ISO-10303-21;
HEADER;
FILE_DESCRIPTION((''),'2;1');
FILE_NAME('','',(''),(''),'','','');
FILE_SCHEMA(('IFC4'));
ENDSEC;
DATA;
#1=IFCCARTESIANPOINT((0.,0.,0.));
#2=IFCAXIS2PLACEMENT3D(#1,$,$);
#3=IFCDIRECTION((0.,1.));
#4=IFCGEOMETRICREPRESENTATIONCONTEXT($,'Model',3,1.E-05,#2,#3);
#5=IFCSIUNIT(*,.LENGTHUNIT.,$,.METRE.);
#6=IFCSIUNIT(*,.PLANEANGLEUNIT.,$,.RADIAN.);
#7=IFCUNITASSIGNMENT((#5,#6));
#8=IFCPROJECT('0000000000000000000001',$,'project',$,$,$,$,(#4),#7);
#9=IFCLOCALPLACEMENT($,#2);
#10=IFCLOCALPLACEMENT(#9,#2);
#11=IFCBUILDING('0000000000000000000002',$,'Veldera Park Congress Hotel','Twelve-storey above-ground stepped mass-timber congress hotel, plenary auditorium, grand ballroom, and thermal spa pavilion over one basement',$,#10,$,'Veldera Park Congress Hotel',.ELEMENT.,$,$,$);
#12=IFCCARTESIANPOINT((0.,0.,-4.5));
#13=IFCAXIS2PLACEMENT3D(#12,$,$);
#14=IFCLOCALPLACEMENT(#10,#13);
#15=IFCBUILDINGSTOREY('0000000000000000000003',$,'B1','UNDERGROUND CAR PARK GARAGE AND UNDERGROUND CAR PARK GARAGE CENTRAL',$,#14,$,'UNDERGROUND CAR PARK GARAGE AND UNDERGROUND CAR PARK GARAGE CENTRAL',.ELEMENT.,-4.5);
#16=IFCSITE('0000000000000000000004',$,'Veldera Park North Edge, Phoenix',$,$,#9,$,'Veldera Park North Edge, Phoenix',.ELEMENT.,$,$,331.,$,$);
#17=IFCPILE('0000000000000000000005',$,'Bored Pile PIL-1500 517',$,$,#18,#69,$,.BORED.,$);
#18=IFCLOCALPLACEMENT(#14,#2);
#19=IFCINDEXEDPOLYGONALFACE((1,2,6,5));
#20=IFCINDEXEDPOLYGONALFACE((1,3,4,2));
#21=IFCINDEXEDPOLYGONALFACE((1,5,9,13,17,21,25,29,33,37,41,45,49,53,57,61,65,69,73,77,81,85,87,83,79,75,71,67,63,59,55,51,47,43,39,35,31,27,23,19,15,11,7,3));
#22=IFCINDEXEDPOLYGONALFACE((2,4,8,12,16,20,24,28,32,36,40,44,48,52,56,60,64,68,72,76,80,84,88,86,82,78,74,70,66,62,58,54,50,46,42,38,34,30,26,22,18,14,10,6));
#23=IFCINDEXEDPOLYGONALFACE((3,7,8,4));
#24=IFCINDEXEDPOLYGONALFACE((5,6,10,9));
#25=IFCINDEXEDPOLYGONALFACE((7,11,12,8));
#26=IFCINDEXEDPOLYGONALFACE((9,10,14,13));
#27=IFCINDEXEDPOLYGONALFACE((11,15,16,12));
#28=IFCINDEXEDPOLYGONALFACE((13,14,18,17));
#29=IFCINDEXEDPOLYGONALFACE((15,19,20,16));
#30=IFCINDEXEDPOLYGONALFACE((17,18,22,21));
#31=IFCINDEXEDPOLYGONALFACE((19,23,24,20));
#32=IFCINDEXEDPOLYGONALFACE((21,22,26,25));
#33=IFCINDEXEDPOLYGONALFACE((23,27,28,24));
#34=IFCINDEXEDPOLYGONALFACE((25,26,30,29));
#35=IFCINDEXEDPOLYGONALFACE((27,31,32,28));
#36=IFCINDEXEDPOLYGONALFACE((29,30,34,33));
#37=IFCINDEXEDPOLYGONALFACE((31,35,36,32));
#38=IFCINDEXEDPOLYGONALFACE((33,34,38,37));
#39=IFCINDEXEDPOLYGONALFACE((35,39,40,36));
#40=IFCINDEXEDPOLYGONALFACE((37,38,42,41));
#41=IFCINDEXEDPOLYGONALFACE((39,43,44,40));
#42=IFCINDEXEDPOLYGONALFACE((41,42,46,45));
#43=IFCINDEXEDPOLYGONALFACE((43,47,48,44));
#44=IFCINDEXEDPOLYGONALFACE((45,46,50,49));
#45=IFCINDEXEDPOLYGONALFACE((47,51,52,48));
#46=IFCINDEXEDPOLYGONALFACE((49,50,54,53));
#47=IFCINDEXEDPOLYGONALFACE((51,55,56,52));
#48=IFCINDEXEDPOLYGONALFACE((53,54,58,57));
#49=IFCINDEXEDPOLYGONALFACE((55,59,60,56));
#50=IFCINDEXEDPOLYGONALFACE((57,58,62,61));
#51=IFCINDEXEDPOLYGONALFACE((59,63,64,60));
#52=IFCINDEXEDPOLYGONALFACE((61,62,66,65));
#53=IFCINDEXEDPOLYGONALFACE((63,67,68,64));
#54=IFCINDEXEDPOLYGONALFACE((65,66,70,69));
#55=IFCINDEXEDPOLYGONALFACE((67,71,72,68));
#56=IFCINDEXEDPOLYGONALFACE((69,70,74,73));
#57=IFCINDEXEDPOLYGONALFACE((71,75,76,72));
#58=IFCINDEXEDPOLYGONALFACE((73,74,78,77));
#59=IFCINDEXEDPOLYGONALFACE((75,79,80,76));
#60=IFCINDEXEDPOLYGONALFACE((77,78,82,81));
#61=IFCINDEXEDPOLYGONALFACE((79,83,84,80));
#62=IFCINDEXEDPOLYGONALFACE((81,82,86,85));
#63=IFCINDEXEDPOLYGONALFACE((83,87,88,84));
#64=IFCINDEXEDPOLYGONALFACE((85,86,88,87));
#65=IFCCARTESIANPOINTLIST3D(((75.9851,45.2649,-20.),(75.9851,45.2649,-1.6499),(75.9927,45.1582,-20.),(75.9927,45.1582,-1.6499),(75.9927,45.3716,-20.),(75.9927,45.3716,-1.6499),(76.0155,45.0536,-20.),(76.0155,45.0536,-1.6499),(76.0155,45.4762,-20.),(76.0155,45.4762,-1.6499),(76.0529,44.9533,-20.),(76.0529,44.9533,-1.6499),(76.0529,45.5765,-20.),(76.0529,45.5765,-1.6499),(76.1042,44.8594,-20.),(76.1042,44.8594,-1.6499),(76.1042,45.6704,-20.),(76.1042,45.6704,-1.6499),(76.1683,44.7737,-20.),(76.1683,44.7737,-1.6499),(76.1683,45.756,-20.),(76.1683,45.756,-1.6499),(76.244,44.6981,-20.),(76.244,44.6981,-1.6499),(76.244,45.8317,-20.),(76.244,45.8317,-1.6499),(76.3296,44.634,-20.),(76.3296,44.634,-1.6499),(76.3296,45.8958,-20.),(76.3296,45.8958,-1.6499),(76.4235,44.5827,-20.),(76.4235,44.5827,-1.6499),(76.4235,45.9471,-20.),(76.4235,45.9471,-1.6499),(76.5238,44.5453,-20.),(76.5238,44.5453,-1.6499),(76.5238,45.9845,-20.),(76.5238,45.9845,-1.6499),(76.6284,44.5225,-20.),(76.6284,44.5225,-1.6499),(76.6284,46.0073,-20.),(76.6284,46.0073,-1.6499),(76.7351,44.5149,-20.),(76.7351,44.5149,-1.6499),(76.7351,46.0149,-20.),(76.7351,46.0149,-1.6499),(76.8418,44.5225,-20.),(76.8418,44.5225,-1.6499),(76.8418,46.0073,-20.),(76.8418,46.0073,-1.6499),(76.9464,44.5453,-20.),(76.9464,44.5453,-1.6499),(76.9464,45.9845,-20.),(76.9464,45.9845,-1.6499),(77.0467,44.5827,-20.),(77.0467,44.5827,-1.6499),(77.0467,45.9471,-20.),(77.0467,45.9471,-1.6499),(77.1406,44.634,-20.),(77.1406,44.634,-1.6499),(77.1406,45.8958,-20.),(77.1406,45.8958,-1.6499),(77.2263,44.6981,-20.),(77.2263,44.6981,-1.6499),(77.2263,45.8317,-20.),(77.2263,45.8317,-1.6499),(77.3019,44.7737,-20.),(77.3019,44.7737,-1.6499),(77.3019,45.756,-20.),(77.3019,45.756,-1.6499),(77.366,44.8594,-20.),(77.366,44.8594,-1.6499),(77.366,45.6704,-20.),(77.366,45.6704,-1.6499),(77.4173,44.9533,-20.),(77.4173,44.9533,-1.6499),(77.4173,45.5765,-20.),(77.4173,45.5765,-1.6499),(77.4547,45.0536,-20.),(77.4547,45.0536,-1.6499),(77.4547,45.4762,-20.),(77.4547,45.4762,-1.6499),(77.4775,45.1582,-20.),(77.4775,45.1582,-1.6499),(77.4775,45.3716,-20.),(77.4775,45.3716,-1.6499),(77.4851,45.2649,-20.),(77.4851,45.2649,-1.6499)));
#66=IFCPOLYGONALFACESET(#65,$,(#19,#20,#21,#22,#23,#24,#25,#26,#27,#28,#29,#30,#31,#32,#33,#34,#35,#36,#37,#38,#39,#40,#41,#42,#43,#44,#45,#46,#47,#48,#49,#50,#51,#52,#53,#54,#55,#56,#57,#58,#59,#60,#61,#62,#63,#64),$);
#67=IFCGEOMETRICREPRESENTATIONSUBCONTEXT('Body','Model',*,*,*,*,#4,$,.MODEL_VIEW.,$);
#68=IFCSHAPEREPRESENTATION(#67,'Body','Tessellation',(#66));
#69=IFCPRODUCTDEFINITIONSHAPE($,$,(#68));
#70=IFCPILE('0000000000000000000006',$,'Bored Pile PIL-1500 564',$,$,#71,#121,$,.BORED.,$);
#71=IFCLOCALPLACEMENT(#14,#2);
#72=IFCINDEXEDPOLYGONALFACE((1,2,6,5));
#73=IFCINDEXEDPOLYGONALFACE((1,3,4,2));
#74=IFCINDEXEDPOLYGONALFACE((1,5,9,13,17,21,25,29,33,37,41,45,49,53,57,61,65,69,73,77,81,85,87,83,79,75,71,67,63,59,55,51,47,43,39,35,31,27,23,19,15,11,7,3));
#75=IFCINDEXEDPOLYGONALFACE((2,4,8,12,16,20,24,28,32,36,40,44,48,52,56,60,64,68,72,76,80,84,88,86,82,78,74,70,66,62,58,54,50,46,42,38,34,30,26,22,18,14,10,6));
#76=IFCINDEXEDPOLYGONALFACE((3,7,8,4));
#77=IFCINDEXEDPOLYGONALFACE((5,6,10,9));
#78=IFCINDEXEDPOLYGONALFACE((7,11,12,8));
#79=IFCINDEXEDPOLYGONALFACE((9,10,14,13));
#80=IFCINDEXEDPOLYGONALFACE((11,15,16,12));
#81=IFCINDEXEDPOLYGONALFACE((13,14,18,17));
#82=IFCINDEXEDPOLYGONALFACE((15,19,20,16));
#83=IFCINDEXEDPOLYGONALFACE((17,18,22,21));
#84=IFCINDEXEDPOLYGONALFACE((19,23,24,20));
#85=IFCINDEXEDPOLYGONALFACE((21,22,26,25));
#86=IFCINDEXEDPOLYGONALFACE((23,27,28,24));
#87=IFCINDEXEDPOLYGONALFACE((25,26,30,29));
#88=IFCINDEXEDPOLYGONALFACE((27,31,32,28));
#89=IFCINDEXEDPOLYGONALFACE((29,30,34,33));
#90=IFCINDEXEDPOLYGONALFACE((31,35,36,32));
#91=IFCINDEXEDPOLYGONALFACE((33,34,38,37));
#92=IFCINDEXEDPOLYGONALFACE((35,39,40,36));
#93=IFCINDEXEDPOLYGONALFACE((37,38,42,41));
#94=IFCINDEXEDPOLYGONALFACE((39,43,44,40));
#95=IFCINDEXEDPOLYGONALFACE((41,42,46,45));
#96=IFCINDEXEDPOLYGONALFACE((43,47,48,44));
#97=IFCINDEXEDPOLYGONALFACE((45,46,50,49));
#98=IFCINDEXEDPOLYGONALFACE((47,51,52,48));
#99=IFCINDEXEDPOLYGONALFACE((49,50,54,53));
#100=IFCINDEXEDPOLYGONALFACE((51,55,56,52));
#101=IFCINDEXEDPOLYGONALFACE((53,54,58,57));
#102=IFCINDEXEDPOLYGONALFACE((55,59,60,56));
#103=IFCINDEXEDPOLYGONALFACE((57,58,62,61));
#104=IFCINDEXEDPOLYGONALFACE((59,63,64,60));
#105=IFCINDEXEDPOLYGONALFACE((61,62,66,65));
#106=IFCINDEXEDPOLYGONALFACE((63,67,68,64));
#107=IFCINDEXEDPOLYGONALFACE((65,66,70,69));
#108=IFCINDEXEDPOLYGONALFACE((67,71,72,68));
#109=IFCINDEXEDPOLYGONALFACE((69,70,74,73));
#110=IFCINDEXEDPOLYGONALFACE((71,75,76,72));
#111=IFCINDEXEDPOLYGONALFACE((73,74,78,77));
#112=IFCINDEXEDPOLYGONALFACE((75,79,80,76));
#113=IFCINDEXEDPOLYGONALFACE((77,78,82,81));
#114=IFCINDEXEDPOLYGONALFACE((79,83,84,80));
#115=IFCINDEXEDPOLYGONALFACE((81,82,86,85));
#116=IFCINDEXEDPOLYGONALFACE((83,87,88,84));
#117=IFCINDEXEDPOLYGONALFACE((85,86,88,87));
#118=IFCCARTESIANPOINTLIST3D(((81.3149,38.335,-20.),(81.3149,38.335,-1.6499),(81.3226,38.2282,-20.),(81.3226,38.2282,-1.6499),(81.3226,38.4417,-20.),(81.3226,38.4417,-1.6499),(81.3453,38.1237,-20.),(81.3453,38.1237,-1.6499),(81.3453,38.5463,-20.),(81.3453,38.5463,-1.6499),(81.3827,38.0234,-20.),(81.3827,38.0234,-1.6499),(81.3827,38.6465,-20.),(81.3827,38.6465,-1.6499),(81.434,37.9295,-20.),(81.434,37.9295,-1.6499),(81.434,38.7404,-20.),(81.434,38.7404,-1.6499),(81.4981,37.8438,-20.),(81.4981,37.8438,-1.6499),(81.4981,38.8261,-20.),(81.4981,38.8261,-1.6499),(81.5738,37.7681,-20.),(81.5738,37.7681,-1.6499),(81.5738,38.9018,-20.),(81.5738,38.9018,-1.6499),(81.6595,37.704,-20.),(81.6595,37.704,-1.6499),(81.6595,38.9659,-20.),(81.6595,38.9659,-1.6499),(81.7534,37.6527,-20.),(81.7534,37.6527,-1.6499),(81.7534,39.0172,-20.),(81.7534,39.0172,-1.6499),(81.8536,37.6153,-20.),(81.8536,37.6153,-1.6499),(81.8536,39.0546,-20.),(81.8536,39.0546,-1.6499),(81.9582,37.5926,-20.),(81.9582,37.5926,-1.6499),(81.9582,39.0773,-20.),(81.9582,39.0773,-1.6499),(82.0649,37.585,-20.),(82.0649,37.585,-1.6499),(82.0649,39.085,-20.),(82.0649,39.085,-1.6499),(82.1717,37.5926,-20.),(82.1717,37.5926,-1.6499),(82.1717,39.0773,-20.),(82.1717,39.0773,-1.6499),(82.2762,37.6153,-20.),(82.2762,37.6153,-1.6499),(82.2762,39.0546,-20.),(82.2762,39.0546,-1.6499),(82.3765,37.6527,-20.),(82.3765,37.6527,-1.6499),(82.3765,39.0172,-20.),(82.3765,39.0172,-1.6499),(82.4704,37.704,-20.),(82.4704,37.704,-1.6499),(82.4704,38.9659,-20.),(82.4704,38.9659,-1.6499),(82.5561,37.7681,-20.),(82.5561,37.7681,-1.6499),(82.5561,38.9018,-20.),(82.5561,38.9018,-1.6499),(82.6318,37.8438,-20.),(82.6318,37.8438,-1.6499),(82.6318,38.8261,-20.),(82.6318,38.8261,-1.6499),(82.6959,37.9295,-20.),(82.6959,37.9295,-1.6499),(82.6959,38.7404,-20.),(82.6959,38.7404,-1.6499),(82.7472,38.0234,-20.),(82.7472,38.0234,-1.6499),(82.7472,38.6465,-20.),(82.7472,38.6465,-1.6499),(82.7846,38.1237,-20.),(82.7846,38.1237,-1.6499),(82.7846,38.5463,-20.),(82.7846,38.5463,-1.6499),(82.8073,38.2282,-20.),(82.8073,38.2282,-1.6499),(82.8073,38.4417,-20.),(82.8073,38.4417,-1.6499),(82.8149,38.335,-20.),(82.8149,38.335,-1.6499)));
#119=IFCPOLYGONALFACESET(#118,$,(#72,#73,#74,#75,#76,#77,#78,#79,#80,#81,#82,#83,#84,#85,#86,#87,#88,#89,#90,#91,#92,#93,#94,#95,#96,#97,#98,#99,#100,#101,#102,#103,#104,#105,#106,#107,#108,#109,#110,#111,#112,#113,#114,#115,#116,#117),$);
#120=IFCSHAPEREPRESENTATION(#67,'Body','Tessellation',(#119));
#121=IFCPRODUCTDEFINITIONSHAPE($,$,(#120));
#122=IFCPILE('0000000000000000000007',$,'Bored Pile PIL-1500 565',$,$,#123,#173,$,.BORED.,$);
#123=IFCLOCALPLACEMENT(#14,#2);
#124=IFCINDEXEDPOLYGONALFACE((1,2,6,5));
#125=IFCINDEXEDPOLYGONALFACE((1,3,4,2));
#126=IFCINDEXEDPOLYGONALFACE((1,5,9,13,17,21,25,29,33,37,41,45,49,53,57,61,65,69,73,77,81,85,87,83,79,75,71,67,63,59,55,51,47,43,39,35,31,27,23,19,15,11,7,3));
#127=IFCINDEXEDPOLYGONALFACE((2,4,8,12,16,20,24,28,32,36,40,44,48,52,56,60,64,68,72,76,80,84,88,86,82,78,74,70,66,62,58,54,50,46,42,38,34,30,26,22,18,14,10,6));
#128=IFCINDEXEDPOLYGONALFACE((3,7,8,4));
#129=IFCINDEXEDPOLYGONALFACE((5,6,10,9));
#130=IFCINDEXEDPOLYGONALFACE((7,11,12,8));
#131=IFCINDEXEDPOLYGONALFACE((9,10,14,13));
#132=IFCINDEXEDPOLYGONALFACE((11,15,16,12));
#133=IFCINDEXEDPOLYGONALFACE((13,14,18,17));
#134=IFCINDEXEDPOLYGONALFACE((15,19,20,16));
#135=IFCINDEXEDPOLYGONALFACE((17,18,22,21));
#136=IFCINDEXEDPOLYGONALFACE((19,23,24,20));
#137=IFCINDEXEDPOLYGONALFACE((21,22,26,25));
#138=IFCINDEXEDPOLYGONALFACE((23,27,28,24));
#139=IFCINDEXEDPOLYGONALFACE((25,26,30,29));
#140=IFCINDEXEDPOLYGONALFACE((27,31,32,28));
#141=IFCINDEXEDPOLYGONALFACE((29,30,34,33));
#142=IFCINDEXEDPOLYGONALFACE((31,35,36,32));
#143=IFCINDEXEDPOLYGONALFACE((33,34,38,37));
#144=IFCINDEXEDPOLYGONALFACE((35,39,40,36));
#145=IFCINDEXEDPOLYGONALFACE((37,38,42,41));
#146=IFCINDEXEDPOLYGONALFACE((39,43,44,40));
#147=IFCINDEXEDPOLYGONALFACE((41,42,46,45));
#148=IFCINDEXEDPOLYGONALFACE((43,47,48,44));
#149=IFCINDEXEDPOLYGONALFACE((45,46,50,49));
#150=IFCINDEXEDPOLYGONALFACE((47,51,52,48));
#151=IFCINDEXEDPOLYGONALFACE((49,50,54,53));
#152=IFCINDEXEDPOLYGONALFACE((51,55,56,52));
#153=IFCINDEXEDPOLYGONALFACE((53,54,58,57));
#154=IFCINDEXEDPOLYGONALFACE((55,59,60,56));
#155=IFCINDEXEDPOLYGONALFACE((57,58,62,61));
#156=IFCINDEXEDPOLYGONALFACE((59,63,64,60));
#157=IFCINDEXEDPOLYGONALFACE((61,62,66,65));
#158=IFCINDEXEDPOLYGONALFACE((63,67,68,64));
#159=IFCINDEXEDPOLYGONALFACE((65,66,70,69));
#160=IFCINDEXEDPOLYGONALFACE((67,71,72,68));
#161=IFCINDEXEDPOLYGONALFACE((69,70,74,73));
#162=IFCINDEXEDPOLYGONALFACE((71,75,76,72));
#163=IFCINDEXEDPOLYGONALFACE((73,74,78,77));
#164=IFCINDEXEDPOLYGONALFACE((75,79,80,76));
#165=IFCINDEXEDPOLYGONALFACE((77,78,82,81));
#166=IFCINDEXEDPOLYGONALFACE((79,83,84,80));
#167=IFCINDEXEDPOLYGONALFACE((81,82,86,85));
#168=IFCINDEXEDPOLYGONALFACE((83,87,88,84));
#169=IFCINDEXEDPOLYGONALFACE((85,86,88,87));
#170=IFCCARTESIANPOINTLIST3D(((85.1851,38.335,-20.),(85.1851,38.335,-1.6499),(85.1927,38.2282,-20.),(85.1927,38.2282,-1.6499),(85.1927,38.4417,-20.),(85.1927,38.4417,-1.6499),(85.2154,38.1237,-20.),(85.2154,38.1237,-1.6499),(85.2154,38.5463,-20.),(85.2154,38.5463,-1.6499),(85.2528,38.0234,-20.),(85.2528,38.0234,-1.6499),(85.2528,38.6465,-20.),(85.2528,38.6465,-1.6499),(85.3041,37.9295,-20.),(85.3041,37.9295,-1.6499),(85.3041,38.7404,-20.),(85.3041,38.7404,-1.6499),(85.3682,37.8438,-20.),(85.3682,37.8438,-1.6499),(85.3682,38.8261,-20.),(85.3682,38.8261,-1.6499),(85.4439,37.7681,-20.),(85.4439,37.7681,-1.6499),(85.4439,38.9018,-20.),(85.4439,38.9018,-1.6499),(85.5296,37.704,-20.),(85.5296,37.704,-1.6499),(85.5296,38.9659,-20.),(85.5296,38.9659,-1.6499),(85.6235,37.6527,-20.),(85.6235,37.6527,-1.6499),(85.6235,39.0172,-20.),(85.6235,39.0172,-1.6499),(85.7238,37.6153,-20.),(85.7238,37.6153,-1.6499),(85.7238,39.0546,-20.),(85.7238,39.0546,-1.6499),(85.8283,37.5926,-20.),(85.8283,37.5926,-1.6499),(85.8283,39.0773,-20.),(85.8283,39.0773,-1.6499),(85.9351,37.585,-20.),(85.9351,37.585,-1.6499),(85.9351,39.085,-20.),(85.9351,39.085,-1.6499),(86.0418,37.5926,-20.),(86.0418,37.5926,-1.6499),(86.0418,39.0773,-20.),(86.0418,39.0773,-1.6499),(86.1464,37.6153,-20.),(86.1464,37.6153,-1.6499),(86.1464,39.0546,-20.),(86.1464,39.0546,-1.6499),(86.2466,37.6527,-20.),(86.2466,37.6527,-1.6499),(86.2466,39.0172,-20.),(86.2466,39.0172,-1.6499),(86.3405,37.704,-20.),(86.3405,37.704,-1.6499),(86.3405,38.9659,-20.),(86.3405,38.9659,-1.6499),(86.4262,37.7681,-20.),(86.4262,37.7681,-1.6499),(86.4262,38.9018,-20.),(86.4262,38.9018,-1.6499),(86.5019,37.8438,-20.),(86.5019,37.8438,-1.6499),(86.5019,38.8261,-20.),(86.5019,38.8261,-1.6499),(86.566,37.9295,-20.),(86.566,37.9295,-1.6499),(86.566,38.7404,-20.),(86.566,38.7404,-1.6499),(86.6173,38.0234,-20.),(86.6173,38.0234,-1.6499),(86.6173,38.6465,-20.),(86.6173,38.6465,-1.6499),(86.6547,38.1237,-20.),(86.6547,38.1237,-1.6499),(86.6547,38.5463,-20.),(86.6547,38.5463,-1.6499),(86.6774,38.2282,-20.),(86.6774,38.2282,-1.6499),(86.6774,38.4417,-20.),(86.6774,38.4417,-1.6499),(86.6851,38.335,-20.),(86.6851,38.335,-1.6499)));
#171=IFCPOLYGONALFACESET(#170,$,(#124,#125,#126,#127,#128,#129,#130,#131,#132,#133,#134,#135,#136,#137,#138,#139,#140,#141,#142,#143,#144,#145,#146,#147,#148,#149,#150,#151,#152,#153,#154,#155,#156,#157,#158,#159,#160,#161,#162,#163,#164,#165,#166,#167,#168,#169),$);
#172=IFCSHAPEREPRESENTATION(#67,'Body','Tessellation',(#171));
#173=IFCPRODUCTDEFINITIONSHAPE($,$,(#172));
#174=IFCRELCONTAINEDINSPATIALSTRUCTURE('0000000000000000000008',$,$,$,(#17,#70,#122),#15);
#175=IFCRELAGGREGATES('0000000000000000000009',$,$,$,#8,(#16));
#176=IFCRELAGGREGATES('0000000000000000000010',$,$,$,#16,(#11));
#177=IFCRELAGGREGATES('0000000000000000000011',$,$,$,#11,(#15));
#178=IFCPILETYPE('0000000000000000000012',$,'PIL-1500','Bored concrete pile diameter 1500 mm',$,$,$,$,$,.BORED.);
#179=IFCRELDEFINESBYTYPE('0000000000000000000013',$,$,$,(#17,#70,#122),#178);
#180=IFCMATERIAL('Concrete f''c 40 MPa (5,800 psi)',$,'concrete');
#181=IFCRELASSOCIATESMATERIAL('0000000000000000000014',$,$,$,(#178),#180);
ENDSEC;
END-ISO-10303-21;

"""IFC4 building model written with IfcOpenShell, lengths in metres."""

from ifc_helpers import new_model, si_unit, direction, frame, origin, origin_2d, place, context, subcontext, project, spatial, circle, extrude, material, material_profile, profile_set, type_object, element, save


model = new_model("IFC4")

# Units and contexts
model_context = context("Model", 3, precision=1e-05, world=origin(), true_north=direction((0.0, 1.0)))
body_context = subcontext(model_context, "Body", "Model", "MODEL_VIEW")
ifc_project = project(units=[si_unit("LENGTHUNIT", "METRE"), si_unit("PLANEANGLEUNIT", "RADIAN")], contexts=[model_context])

# Site, building, storey
site_placement = place(None, origin())
site = spatial("IfcSite", under=ifc_project, at=site_placement, Name="Veldera Park North Edge, Phoenix", LongName="Veldera Park North Edge, Phoenix", CompositionType="ELEMENT", RefElevation=331.0)
building_placement = place(site_placement, origin())
building = spatial("IfcBuilding", under=site, at=building_placement, Name="Veldera Park Congress Hotel", Description="Twelve-storey above-ground stepped mass-timber congress hotel, plenary auditorium, grand ballroom, and thermal spa pavilion over one basement", LongName="Veldera Park Congress Hotel", CompositionType="ELEMENT")
storey_placement = place(building_placement, frame((0.0, 0.0, -4.5)))
storey = spatial("IfcBuildingStorey", under=building, at=storey_placement, Name="B1", Description="UNDERGROUND CAR PARK GARAGE AND UNDERGROUND CAR PARK GARAGE CENTRAL", LongName="UNDERGROUND CAR PARK GARAGE AND UNDERGROUND CAR PARK GARAGE CENTRAL", CompositionType="ELEMENT", Elevation=-4.5)

# Shared definitions
ifc_material_1 = material(Name="Concrete f'c 40 MPa (5,800 psi)", Category="concrete")

# Piles
ifc_material_profile_1 = material_profile(ifc_material_1, circle(Radius=0.75, at=origin_2d()), Name="PILE D1500")
ifc_profile_set_1 = profile_set([ifc_material_profile_1], Name="Concrete f'c 40 MPa (5,800 psi)")
pile_type = type_object("IfcPileType", Name="PIL-1500", Description="Bored concrete pile diameter 1500 mm", PredefinedType="BORED", material=ifc_profile_set_1)
for number, where, z_axis, x_axis, name in (
    (1, (76.7351, 45.2649, -1.6499), (0.0, 0.0, -1.0), (1.0, 0.0, 0.0), "Bored Pile PIL-1500 517"),
    (2, (82.0649, 38.335, -1.6499), (0.0, 0.0, -1.0), (1.0, 0.0, 0.0), "Bored Pile PIL-1500 564"),
    (3, (85.9351, 38.335, -1.6499), (0.0, 0.0, -1.0), (1.0, 0.0, 0.0), "Bored Pile PIL-1500 565"),
):
    element("IfcPile", number, at=place(storey_placement, frame(where, z_axis=z_axis, x_axis=x_axis)), inside=storey, type_object=pile_type, Name=name, PredefinedType="BORED", context=body_context, shape_type="SweptSolid", body=[
        extrude(circle(Radius=0.75, at=origin_2d()), origin(), (0.0, 0.0, 1.0), 18.3501),
    ])

save(model, "model.ifc")
